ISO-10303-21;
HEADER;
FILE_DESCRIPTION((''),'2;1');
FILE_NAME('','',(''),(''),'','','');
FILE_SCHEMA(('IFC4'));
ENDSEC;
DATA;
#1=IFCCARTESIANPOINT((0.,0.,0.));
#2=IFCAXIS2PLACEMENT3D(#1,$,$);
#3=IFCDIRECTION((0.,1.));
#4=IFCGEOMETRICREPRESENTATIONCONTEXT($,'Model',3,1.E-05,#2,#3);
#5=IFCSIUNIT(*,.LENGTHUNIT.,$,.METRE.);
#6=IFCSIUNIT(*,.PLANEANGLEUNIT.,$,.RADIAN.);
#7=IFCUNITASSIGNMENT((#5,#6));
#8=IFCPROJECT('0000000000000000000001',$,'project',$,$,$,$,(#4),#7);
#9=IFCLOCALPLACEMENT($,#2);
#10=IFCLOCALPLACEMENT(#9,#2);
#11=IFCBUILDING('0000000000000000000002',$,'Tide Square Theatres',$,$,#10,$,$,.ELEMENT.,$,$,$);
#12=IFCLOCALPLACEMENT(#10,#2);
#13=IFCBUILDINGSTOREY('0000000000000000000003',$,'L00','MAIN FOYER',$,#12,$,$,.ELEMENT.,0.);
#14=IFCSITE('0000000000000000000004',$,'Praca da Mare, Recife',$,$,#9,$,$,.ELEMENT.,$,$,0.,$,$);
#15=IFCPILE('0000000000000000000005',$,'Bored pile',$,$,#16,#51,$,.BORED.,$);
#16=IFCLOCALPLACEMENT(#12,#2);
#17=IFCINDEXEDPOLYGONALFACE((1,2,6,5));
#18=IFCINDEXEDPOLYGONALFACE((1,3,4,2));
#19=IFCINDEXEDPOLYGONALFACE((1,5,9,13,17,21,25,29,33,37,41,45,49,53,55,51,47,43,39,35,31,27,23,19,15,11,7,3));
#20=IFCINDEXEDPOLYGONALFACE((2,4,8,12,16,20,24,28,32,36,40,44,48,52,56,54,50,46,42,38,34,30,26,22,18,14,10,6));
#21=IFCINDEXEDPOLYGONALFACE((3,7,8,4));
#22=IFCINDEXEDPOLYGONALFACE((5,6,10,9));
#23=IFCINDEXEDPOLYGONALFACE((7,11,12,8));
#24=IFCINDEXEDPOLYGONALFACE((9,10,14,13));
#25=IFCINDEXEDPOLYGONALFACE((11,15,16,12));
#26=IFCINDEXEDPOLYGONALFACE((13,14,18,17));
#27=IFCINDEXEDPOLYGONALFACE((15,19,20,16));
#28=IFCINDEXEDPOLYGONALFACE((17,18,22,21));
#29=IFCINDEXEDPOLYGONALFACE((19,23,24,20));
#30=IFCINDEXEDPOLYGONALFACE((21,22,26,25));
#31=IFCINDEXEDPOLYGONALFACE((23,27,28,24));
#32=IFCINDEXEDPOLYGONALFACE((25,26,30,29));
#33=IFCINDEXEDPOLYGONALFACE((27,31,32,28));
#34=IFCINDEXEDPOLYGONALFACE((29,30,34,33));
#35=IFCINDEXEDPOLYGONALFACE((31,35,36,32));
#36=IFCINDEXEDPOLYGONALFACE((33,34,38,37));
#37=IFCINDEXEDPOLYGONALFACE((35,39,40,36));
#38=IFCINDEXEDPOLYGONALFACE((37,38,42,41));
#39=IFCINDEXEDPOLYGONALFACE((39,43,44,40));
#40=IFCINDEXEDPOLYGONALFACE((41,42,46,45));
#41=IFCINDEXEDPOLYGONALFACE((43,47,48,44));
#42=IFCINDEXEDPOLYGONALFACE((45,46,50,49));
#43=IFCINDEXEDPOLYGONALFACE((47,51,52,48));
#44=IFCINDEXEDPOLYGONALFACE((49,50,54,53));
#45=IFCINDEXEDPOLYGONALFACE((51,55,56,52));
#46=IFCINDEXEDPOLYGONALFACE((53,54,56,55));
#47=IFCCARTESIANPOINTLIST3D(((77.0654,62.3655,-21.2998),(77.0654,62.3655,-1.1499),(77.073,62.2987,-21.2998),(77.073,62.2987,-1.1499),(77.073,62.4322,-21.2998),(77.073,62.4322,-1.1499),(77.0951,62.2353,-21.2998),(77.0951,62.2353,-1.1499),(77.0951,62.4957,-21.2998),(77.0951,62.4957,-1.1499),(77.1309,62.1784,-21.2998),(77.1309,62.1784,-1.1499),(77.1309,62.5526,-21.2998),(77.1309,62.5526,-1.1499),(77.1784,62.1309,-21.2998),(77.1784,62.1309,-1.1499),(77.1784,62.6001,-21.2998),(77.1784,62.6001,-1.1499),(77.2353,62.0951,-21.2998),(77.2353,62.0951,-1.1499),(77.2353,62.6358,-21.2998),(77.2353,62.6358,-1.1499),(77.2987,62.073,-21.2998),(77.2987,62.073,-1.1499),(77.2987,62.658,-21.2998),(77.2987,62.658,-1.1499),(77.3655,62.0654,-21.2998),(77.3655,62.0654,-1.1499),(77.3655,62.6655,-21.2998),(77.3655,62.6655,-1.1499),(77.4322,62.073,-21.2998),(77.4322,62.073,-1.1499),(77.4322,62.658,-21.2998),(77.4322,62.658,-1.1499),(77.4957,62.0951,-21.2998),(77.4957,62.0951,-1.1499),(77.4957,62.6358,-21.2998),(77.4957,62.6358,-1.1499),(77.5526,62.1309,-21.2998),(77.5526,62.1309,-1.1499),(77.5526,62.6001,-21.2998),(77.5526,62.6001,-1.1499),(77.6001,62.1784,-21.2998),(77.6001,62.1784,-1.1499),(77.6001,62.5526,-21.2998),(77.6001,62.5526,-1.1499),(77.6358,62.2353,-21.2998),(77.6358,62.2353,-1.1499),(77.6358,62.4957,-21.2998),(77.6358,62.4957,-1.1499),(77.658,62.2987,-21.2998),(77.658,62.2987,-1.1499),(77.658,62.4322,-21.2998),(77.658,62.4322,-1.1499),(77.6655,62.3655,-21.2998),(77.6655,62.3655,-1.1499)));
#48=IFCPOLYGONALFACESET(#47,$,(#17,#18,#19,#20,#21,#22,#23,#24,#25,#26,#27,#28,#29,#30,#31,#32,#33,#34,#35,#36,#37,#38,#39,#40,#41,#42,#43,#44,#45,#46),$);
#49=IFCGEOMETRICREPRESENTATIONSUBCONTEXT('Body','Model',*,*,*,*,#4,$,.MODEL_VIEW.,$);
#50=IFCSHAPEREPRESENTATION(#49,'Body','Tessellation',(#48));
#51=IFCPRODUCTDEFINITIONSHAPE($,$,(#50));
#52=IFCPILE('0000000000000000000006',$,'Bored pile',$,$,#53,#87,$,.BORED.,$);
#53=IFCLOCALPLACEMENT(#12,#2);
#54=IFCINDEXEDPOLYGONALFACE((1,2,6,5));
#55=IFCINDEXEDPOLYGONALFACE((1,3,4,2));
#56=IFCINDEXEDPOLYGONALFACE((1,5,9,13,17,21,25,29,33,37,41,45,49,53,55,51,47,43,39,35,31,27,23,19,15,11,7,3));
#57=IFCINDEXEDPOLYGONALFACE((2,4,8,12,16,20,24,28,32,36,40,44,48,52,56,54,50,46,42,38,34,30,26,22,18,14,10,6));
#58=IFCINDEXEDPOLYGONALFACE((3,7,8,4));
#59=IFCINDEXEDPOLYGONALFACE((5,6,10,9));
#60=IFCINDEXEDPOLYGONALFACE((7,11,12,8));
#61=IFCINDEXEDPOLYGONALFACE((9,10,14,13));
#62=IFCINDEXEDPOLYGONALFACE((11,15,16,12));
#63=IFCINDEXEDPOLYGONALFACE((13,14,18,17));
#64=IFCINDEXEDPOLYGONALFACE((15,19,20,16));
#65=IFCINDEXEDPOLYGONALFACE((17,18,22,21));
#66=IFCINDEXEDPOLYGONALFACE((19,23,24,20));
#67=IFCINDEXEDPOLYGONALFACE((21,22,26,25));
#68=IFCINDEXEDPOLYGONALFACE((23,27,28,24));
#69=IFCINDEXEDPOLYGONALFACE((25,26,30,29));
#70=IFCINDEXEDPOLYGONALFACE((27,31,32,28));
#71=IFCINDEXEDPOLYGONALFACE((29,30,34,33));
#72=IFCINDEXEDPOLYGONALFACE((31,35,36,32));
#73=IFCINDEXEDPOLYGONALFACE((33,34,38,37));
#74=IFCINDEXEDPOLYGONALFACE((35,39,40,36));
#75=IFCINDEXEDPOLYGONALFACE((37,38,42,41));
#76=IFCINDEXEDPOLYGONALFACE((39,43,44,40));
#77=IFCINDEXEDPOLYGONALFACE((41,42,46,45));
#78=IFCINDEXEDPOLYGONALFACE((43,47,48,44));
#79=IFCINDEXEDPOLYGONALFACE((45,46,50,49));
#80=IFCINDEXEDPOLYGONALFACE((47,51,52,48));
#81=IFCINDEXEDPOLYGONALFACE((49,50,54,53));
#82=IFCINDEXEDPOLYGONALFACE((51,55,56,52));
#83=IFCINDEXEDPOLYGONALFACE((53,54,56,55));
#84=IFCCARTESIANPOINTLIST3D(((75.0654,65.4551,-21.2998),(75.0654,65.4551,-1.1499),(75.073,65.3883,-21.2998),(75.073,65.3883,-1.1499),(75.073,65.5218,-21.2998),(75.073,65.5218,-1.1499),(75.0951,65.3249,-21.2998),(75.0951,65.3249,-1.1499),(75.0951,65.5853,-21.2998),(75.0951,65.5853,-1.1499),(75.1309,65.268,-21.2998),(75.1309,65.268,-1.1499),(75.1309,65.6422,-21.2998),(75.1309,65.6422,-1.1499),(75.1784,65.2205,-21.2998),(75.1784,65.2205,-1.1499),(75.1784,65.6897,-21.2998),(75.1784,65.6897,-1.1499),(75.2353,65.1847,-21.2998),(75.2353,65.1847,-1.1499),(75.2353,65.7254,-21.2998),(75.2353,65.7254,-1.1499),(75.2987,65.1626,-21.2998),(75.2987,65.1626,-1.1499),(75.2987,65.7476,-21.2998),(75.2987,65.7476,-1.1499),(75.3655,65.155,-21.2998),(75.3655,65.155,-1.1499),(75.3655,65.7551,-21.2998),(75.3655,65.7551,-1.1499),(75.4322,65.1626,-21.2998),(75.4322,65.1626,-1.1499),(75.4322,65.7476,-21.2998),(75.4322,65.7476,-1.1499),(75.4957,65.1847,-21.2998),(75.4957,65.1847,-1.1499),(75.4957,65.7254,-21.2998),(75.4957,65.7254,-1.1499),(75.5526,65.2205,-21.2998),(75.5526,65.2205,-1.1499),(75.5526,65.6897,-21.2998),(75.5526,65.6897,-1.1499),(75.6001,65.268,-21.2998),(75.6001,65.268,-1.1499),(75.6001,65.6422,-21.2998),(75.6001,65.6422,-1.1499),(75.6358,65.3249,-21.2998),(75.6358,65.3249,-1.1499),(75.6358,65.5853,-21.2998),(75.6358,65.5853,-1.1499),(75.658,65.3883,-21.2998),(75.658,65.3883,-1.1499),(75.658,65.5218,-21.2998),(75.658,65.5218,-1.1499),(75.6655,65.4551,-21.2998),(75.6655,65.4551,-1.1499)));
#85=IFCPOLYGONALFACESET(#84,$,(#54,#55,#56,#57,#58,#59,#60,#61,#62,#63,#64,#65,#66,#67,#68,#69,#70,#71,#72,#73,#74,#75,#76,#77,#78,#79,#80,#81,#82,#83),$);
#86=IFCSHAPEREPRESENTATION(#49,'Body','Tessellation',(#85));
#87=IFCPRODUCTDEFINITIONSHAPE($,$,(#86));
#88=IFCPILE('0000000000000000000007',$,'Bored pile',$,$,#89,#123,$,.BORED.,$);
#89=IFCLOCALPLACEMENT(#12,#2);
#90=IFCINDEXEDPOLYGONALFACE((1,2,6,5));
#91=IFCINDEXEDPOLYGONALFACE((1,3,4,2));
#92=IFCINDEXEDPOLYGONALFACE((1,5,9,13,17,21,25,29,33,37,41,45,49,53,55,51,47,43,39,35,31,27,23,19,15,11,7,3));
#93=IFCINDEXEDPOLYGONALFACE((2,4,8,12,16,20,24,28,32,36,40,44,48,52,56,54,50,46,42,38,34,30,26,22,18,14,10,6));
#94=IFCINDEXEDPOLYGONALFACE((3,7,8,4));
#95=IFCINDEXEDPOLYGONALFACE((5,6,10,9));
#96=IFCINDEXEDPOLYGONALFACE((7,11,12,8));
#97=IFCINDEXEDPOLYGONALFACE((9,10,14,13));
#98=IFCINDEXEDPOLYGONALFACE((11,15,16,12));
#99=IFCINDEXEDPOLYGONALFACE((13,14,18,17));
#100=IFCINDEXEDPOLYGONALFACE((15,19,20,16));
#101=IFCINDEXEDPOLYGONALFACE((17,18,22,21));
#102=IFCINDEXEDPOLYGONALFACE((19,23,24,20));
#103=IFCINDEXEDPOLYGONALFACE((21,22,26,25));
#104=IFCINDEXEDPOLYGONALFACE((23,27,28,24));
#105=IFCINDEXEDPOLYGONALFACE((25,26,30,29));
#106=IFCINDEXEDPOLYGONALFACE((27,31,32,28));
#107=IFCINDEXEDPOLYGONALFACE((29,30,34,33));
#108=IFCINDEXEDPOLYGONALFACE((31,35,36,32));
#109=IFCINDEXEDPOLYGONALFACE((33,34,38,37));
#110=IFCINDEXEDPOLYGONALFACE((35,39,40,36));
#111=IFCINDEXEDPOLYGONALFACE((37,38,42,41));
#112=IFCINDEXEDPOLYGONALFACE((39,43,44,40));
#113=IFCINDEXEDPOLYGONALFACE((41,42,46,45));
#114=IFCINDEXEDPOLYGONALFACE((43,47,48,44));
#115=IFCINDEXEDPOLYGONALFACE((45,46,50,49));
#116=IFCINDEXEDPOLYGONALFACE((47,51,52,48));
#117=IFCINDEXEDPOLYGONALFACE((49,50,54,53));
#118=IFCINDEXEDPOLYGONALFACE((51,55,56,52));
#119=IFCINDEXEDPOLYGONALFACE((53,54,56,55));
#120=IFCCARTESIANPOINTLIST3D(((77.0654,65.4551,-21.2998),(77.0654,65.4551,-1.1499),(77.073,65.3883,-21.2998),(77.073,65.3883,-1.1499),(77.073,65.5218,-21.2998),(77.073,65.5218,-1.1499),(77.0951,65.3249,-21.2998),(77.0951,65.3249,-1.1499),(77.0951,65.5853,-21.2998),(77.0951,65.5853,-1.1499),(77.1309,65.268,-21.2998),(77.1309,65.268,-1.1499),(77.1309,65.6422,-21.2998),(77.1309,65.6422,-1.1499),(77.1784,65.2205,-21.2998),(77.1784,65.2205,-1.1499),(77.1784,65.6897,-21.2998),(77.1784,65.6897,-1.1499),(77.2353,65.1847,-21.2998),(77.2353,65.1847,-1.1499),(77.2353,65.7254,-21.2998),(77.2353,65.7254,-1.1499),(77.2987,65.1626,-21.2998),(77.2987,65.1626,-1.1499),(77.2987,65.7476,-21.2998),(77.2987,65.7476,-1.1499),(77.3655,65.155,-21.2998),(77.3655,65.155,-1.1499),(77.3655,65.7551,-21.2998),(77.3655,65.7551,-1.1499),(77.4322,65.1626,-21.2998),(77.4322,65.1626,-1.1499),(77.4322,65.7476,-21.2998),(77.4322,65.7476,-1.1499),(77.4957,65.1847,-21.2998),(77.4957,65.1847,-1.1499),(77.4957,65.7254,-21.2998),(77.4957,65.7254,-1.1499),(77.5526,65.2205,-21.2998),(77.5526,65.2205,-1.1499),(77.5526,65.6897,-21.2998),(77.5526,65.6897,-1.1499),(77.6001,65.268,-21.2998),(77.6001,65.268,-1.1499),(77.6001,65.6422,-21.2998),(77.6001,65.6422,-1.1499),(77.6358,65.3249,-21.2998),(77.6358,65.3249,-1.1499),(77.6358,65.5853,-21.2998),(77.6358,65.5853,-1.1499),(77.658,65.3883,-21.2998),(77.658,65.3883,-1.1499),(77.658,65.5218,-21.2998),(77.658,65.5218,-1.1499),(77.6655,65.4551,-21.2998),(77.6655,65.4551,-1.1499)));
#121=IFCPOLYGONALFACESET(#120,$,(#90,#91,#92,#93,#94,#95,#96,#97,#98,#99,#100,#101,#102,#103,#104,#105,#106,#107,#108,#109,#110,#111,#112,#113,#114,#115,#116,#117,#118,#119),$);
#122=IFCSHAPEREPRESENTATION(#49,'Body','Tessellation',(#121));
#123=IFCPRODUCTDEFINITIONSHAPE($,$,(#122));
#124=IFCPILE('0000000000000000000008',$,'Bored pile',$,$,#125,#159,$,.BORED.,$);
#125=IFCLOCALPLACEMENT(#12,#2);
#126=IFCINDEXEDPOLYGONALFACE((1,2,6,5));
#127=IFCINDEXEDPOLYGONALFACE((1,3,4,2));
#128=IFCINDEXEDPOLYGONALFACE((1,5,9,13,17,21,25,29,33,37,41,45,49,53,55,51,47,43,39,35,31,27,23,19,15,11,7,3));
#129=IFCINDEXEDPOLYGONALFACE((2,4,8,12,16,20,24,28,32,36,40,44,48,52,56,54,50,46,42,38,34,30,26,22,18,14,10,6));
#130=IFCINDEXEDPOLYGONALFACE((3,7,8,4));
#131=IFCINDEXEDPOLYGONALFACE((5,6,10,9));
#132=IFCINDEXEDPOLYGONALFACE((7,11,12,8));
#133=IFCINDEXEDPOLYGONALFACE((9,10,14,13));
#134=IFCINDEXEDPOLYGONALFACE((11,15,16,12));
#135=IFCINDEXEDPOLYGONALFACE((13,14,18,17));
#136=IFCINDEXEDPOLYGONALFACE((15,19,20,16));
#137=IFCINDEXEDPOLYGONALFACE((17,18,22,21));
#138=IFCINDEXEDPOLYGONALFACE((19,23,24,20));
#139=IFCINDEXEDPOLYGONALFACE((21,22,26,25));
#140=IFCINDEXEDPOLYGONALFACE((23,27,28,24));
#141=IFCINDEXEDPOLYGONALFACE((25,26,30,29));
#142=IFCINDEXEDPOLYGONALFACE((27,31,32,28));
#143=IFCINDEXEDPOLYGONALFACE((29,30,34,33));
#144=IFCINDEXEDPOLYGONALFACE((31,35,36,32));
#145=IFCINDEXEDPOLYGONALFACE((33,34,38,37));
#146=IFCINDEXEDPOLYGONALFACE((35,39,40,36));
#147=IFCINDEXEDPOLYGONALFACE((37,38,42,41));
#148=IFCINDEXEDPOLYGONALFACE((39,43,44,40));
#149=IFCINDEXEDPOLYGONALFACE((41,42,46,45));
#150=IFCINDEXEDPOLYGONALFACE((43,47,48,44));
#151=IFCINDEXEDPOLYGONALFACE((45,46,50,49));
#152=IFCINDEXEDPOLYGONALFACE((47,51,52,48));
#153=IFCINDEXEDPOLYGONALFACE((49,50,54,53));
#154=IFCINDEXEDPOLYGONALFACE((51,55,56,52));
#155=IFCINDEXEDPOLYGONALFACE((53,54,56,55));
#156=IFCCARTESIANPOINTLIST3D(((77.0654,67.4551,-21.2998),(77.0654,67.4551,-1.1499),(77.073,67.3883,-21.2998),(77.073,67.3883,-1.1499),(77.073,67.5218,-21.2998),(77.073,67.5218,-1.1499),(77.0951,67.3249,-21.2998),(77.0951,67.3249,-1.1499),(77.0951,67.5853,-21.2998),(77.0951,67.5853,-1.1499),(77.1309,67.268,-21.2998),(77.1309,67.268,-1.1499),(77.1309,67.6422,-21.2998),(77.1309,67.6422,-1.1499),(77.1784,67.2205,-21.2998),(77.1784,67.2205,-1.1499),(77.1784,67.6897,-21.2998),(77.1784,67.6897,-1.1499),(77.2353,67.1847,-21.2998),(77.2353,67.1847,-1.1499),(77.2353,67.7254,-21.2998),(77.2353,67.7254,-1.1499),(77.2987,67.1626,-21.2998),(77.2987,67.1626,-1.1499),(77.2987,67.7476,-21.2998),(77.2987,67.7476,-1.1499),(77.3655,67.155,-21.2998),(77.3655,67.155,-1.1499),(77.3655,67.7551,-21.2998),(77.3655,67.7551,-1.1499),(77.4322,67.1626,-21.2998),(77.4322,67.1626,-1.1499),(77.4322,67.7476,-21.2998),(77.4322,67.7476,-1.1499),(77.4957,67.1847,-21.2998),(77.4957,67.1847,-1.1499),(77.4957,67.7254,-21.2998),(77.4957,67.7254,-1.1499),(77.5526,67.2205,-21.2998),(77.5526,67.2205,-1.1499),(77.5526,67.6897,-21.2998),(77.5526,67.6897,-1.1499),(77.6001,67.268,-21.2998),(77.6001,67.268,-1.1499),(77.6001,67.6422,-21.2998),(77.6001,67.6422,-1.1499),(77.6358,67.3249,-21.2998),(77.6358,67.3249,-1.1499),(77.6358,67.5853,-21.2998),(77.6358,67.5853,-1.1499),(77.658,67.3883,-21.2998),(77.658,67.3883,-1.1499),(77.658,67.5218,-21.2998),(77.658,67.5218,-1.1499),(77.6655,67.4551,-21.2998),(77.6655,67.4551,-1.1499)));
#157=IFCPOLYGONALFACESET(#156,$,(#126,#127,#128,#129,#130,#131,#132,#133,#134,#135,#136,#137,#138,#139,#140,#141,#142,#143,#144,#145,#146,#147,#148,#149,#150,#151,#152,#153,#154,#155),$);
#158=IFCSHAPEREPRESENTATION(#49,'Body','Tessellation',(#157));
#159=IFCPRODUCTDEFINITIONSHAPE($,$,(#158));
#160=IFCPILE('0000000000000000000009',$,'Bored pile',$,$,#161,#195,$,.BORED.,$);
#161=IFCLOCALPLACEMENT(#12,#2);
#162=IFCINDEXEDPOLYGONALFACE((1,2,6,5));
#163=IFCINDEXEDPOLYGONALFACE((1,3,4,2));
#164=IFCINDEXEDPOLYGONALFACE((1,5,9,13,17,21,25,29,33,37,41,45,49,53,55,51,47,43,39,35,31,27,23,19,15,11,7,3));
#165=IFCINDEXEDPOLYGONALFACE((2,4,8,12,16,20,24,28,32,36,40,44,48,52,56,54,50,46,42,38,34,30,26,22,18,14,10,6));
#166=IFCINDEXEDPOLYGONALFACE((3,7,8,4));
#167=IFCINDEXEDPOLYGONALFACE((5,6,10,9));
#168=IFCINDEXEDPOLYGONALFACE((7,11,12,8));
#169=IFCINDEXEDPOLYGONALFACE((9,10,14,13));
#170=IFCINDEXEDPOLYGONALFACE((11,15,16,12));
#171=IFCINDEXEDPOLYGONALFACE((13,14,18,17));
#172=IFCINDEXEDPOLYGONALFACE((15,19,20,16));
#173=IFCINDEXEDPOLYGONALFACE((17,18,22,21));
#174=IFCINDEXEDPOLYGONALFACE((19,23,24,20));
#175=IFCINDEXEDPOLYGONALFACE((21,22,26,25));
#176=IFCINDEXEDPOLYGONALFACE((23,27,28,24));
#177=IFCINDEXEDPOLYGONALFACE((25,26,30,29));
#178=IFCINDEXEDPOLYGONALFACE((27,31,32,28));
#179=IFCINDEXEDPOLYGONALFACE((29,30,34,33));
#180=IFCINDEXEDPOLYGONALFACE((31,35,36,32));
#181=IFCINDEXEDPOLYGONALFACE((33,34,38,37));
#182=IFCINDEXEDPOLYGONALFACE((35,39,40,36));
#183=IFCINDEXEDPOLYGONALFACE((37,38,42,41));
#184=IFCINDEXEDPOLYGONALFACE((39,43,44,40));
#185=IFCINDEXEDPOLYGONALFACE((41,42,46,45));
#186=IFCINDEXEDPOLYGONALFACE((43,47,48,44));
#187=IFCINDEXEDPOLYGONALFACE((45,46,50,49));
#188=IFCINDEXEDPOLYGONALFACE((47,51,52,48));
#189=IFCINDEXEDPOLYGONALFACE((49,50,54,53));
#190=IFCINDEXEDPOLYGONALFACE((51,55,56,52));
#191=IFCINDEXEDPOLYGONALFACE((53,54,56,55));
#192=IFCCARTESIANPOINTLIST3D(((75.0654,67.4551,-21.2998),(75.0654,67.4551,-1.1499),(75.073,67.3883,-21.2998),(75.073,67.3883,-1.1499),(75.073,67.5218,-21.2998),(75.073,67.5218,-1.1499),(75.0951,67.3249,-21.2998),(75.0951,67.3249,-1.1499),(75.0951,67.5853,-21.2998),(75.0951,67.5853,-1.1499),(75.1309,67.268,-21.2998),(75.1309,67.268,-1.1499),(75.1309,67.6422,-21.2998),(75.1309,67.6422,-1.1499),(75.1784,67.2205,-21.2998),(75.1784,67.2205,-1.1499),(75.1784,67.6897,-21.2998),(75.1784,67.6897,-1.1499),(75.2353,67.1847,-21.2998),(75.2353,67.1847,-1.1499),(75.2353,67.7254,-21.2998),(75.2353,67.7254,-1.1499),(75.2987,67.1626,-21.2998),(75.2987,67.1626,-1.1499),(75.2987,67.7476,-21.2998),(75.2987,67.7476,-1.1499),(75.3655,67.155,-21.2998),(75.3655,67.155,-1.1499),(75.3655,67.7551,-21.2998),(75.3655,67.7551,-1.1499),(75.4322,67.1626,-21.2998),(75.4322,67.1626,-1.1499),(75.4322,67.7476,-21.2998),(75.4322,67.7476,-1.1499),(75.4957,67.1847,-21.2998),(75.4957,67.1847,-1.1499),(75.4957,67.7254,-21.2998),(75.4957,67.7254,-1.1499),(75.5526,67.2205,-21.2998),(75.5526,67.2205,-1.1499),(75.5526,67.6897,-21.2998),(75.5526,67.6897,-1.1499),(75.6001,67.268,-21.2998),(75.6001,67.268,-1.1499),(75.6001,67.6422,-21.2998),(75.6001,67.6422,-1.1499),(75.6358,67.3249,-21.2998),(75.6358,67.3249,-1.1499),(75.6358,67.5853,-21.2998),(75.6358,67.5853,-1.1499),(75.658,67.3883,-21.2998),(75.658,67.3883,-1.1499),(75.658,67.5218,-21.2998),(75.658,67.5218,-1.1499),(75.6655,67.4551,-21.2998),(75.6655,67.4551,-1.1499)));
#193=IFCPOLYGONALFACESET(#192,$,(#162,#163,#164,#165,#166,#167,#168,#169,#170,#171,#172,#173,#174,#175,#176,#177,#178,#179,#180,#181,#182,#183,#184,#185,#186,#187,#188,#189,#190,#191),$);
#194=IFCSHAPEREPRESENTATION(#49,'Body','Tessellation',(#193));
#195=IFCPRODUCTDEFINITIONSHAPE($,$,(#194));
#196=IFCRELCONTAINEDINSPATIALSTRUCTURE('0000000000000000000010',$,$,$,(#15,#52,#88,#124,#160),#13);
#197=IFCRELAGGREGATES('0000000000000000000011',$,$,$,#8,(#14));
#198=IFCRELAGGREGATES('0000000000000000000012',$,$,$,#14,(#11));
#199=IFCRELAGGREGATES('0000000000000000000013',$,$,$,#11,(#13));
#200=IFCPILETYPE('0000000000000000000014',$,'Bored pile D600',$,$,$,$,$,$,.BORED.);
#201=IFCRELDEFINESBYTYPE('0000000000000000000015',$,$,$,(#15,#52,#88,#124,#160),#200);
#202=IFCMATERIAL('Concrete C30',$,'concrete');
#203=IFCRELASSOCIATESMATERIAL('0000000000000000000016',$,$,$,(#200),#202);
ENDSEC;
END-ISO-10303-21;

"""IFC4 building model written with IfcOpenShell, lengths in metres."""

from ifc_helpers import new_model, si_unit, direction, frame, origin, origin_2d, place, context, subcontext, project, spatial, circle, extrude, material, material_profile, profile_set, type_object, element, save


model = new_model("IFC4")

# Units and contexts
model_context = context("Model", 3, precision=1e-05, world=origin(), true_north=direction((0.0, 1.0)))
body_context = subcontext(model_context, "Body", "Model", "MODEL_VIEW")
ifc_project = project(units=[si_unit("LENGTHUNIT", "METRE"), si_unit("PLANEANGLEUNIT", "RADIAN")], contexts=[model_context])

# Site, building, storey
site_placement = place(None, origin())
site = spatial("IfcSite", under=ifc_project, at=site_placement, Name="Praca da Mare, Recife", CompositionType="ELEMENT", RefElevation=0.0)
building_placement = place(site_placement, origin())
building = spatial("IfcBuilding", under=site, at=building_placement, Name="Tide Square Theatres", CompositionType="ELEMENT")
storey_placement = place(building_placement, origin())
storey = spatial("IfcBuildingStorey", under=building, at=storey_placement, Name="L00", Description="MAIN FOYER", CompositionType="ELEMENT", Elevation=0.0)

# Piles
ifc_material_1 = material(Name="Concrete C30", Category="concrete")
ifc_material_profile_1 = material_profile(ifc_material_1, circle(Radius=0.3, at=origin_2d()))
ifc_profile_set_1 = profile_set([ifc_material_profile_1], Name="Concrete C30")
pile_type = type_object("IfcPileType", Name="Bored pile D600", PredefinedType="BORED", material=ifc_profile_set_1)
for number, where, z_axis, x_axis, name in (
    (1, (77.3655, 62.3655, -1.1499), (0.0, 0.0, -1.0), (1.0, 0.0, 0.0), "Bored pile"),
    (2, (75.3655, 65.4551, -1.1499), (0.0, 0.0, -1.0), (1.0, 0.0, 0.0), "Bored pile"),
    (3, (77.3655, 65.4551, -1.1499), (0.0, 0.0, -1.0), (1.0, 0.0, 0.0), "Bored pile"),
    (4, (77.3655, 67.4551, -1.1499), (0.0, 0.0, -1.0), (1.0, 0.0, 0.0), "Bored pile"),
    (5, (75.3655, 67.4551, -1.1499), (0.0, 0.0, -1.0), (1.0, 0.0, 0.0), "Bored pile"),
):
    element("IfcPile", number, at=place(storey_placement, frame(where, z_axis=z_axis, x_axis=x_axis)), inside=storey, type_object=pile_type, Name=name, PredefinedType="BORED", context=body_context, shape_type="SweptSolid", body=[
        extrude(circle(Radius=0.3, at=origin_2d()), origin(), (0.0, 0.0, 1.0), 20.1499),
    ])

save(model, "model.ifc")
